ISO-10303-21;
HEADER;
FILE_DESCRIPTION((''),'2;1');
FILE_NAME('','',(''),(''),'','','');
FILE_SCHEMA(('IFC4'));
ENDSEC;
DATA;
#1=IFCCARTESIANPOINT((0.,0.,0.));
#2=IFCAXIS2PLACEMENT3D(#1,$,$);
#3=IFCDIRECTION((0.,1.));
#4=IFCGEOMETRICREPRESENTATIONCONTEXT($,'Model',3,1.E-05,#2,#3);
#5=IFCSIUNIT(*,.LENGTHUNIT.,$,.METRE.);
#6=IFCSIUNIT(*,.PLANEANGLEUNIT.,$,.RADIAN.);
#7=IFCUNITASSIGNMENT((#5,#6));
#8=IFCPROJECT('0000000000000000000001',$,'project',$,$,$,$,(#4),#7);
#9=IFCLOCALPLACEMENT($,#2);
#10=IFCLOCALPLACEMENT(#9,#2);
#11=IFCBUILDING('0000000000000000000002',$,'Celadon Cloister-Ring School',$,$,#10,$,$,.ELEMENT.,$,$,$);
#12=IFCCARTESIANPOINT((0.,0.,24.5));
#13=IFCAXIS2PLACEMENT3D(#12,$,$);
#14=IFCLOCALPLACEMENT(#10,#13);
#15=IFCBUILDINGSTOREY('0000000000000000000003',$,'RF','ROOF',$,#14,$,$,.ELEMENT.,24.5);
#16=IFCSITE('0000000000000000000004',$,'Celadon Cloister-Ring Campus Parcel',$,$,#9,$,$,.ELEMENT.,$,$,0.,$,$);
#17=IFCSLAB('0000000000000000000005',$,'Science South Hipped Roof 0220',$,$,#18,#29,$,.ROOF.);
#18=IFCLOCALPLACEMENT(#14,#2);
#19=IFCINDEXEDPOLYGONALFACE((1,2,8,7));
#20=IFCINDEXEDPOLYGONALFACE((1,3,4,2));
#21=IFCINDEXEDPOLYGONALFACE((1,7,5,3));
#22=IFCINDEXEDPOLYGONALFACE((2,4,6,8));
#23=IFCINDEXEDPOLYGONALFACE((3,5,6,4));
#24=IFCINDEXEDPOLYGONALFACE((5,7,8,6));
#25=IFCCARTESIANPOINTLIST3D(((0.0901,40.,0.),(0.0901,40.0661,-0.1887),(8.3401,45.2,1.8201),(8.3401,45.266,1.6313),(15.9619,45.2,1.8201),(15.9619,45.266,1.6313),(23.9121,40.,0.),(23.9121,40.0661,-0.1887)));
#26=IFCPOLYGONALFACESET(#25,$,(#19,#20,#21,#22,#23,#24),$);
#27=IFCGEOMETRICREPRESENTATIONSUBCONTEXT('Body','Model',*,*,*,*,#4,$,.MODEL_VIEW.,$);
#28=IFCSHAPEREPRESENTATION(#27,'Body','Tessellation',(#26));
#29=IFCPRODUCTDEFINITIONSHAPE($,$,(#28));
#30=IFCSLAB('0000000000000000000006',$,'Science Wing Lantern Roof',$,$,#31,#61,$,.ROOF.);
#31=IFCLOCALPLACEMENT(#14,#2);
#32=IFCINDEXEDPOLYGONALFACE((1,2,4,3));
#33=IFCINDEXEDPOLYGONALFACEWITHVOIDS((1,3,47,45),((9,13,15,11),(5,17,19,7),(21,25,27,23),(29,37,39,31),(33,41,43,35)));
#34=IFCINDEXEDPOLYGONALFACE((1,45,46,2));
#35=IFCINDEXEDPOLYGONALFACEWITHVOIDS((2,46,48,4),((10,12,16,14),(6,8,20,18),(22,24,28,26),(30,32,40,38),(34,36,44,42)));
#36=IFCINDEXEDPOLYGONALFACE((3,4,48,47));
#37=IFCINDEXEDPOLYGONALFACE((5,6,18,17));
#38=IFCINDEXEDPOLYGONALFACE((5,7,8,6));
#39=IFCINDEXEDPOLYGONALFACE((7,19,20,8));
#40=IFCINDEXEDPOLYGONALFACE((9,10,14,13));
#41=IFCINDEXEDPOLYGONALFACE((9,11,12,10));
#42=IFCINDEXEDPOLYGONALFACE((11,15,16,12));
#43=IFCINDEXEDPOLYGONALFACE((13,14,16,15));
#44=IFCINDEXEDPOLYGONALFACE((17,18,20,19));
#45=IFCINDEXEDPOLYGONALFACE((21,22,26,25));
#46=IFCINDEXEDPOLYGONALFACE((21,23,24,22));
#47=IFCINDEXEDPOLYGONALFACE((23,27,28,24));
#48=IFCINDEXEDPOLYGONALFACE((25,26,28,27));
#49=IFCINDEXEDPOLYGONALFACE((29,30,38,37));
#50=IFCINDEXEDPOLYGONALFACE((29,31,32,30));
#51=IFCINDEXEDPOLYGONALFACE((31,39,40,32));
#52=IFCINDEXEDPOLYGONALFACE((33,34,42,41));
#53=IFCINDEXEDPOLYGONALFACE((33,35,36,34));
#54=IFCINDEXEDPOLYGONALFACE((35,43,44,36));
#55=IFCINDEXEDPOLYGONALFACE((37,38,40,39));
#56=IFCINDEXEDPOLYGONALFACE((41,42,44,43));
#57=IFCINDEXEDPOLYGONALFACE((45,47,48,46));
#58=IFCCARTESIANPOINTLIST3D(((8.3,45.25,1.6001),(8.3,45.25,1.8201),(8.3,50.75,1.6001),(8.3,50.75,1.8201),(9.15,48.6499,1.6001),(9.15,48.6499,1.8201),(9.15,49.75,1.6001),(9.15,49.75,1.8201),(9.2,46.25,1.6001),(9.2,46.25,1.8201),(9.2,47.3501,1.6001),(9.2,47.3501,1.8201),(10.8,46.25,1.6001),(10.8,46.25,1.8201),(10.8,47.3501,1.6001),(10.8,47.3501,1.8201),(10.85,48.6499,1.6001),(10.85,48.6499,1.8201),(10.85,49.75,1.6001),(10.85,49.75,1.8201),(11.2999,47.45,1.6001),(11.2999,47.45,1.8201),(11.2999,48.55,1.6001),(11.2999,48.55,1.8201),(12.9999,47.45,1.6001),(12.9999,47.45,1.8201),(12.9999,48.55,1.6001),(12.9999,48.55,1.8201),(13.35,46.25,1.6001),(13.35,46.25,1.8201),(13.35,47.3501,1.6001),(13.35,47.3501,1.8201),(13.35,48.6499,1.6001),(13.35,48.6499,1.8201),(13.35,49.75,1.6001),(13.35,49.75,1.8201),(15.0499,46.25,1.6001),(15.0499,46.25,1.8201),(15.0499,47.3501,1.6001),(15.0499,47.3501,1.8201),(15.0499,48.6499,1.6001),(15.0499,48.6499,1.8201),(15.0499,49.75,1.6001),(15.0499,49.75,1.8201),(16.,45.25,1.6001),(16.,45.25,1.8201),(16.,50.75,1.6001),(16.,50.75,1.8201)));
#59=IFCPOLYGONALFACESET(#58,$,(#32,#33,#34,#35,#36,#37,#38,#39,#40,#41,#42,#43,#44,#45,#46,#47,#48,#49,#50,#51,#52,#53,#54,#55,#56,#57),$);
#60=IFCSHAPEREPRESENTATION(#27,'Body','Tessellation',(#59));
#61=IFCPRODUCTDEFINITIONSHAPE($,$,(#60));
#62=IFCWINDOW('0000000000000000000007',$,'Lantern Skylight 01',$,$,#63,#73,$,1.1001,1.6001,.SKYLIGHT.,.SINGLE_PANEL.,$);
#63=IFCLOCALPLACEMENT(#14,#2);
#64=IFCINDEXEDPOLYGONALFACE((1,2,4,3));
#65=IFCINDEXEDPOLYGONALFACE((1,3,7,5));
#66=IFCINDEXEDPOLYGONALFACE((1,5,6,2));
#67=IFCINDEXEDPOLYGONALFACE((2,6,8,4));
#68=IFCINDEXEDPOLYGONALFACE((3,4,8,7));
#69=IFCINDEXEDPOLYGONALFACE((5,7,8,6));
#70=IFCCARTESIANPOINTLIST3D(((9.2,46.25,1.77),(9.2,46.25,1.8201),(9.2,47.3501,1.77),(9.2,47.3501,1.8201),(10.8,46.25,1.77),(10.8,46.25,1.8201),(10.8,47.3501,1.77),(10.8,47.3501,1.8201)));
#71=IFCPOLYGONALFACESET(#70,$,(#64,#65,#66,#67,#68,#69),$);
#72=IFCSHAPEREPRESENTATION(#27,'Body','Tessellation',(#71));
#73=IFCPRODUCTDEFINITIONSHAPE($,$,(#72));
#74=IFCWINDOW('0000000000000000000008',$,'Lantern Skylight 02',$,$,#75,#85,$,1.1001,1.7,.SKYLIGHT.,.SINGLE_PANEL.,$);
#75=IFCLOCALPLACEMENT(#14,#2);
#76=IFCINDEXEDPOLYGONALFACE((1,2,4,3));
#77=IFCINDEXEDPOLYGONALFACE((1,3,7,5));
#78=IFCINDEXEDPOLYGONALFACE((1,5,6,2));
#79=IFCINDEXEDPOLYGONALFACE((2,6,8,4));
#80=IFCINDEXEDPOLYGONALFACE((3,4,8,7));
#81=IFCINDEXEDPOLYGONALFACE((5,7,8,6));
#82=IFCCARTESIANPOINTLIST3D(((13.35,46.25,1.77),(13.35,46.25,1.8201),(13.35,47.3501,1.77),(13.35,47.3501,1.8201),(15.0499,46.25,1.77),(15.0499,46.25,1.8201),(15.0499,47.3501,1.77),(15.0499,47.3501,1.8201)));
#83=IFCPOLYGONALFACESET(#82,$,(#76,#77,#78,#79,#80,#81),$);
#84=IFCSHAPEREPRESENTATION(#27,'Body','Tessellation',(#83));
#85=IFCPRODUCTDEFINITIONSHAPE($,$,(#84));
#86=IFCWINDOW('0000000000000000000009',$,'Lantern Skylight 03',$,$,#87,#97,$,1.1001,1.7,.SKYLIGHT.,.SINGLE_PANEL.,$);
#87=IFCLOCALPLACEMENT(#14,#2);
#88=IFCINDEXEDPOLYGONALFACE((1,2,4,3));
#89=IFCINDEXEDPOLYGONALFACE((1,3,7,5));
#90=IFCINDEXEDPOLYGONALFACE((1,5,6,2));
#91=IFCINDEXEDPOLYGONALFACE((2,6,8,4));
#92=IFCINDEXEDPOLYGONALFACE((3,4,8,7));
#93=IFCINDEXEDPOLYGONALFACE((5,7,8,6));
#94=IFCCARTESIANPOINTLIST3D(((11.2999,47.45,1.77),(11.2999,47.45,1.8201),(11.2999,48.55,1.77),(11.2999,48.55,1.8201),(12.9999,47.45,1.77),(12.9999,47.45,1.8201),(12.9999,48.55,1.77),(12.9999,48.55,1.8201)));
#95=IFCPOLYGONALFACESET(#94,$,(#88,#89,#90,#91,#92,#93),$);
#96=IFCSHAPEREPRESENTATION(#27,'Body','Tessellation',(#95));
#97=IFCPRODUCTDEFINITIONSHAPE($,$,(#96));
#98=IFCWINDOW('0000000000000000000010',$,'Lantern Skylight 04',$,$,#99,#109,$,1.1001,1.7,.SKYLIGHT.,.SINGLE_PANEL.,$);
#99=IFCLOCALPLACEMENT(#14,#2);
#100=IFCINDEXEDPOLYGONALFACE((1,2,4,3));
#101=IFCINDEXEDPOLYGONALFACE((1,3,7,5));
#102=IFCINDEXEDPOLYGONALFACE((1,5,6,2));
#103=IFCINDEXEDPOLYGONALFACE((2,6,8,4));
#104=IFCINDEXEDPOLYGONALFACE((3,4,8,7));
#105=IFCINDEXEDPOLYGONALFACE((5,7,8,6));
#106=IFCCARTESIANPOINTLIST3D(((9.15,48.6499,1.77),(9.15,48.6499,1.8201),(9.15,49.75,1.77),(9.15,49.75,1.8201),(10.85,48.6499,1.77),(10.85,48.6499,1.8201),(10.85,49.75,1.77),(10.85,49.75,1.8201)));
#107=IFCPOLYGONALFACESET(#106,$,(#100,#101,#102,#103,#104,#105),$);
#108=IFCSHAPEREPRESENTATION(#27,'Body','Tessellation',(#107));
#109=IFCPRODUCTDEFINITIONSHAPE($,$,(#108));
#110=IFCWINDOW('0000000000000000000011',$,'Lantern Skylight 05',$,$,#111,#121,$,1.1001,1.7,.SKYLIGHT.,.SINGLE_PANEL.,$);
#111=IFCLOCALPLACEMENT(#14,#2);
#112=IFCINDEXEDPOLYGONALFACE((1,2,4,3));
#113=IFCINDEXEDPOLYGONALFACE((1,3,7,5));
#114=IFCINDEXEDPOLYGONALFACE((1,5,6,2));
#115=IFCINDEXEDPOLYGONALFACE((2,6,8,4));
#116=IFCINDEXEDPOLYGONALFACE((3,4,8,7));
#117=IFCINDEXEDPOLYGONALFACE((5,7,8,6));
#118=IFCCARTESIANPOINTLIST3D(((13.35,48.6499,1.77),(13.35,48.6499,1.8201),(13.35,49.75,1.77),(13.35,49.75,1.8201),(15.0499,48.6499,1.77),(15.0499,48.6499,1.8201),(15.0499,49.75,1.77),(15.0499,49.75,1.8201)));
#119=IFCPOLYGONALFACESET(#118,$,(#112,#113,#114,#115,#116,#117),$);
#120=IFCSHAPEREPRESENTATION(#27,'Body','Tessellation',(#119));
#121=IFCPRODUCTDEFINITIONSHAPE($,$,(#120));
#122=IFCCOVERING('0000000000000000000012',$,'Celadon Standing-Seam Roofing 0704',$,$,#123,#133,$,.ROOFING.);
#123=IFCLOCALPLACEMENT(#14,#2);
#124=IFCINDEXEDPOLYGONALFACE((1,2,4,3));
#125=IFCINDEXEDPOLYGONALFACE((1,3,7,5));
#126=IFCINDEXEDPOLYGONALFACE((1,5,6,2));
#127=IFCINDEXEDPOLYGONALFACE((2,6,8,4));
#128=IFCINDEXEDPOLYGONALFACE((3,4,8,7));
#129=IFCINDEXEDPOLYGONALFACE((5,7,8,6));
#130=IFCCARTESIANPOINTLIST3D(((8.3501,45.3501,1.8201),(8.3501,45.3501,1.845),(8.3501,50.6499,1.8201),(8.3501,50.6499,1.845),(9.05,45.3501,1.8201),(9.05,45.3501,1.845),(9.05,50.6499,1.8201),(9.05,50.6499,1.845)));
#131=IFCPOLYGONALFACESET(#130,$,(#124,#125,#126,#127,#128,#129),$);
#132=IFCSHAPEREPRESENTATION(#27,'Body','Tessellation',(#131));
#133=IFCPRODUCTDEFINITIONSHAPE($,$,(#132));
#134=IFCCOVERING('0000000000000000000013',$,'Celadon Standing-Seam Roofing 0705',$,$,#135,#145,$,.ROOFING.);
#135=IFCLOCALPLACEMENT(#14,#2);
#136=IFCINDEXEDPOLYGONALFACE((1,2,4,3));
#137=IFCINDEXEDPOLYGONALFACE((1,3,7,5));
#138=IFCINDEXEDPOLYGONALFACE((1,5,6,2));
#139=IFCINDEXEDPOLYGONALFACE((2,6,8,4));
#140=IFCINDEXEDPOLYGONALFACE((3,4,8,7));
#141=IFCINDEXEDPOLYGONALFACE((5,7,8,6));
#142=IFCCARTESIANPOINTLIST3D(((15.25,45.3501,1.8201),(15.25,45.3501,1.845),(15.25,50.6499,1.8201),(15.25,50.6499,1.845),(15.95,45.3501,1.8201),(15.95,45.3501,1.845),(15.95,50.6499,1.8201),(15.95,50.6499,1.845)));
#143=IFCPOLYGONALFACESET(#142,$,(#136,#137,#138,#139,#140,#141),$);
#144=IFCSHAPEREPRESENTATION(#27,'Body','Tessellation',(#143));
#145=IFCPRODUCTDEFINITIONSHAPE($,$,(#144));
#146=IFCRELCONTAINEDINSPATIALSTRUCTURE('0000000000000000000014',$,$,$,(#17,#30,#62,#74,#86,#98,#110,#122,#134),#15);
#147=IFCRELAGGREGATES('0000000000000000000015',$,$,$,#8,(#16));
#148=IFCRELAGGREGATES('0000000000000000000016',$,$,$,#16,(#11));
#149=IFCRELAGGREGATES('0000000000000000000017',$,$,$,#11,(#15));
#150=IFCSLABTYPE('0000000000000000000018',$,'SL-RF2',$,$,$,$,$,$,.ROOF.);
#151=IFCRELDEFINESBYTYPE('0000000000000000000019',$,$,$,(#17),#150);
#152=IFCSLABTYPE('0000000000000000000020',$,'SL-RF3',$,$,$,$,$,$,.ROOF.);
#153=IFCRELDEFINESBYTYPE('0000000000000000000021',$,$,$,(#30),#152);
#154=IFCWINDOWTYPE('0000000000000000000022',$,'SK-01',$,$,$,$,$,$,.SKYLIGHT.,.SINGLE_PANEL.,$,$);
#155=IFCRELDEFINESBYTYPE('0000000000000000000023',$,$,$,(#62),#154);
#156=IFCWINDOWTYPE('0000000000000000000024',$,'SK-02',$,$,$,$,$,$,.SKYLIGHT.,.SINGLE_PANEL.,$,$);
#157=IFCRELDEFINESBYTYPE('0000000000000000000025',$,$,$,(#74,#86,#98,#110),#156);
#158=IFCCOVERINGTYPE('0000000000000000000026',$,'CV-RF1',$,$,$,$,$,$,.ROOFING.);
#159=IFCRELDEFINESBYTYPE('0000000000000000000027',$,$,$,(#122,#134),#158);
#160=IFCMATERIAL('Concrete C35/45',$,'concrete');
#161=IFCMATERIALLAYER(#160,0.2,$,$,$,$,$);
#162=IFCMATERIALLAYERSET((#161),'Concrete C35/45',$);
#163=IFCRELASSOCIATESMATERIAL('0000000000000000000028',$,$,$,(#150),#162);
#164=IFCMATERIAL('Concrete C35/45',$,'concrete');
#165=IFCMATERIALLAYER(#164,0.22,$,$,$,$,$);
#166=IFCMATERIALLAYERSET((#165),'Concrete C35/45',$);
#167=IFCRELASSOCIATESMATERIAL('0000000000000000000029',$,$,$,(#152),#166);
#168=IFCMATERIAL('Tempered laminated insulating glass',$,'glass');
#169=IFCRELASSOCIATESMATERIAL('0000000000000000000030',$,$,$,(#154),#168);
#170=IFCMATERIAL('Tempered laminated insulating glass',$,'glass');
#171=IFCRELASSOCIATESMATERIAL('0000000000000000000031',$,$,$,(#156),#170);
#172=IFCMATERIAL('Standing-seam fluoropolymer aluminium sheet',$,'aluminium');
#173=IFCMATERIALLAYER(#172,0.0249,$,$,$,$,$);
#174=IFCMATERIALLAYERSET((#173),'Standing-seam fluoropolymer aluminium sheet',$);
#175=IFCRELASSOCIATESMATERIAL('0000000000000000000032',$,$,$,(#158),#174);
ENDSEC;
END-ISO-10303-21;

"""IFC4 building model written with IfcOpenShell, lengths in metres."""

from ifc_helpers import new_model, si_unit, direction, frame, origin, origin_2d, place, context, subcontext, project, spatial, polyline, rectangle, outline, extrude, material, layer, layer_set, type_object, element, fill, save


model = new_model("IFC4")

# Units and contexts
model_context = context("Model", 3, precision=1e-05, world=origin(), true_north=direction((0.0, 1.0)))
body_context = subcontext(model_context, "Body", "Model", "MODEL_VIEW")
ifc_project = project(units=[si_unit("LENGTHUNIT", "METRE"), si_unit("PLANEANGLEUNIT", "RADIAN")], contexts=[model_context])

# Site, building, storey
site_placement = place(None, origin())
site = spatial("IfcSite", under=ifc_project, at=site_placement, Name="Celadon Cloister-Ring Campus Parcel", CompositionType="ELEMENT", RefElevation=0.0)
building_placement = place(site_placement, origin())
building = spatial("IfcBuilding", under=site, at=building_placement, Name="Celadon Cloister-Ring School", CompositionType="ELEMENT")
storey_placement = place(building_placement, frame((0.0, 0.0, 24.5)))
storey = spatial("IfcBuildingStorey", under=building, at=storey_placement, Name="RF", Description="ROOF", CompositionType="ELEMENT", Elevation=24.5)

# Slab
ifc_material_1 = material(Name="Concrete C35/45", Category="concrete")
ifc_layer_1 = layer(ifc_material_1, 0.2)
ifc_layer_set_1 = layer_set([ifc_layer_1], Name="Concrete C35/45")
slab_type_1 = type_object("IfcSlabType", Name="SL-RF2", PredefinedType="ROOF", material=ifc_layer_set_1)
slab_1_placement = place(storey_placement, frame((15.9619, 45.2, 1.8201), z_axis=(0.0, -0.330364, 0.943854), x_axis=(0.821936, -0.5376, -0.188169)))
element("IfcSlab", 1, at=slab_1_placement, inside=storey, type_object=slab_type_1, Name="Science South Hipped Roof 0220", PredefinedType="ROOF", context=body_context, shape_type="SweptSolid", body=[
    extrude(outline(polyline([(0.0, 0.0), (9.6725, 0.0), (-9.9076, -13.5685), (-6.2647, -4.3412), (0.0, 0.0)])), origin(), (0.0, 0.0, -1.0), 0.2),
])

# Slab, openings, windows
ifc_material_2 = material(Name="Concrete C35/45", Category="concrete")
ifc_layer_2 = layer(ifc_material_2, 0.22)
ifc_layer_set_2 = layer_set([ifc_layer_2], Name="Concrete C35/45")
slab_type_2 = type_object("IfcSlabType", Name="SL-RF3", PredefinedType="ROOF", material=ifc_layer_set_2)
slab_2_placement = place(storey_placement, frame((0.0, 0.0, 1.6001)))
slab_2 = element("IfcSlab", 2, at=slab_2_placement, inside=storey, type_object=slab_type_2, Name="Science Wing Lantern Roof", PredefinedType="ROOF", context=body_context, shape_type="SweptSolid", body=[
    extrude(outline(polyline([(8.3, 45.25), (16.0, 45.25), (16.0, 50.75), (8.3, 50.75), (8.3, 45.25)])), origin(), (0.0, 0.0, 1.0), 0.22),
])
opening_1_placement = place(slab_2_placement, frame((10.0, 46.8, 0.0)))
opening_1 = element("IfcOpeningElement", 3, at=opening_1_placement, cuts=slab_2, PredefinedType="OPENING", context=body_context, shape_type="SweptSolid", body=[
    extrude(rectangle(XDim=1.6001, YDim=1.1001, at=origin_2d()), origin(), (0.0, 0.0, 1.0), 0.22),
])
opening_2_placement = place(slab_2_placement, frame((14.2, 46.8, 0.0)))
opening_2 = element("IfcOpeningElement", 4, at=opening_2_placement, cuts=slab_2, PredefinedType="OPENING", context=body_context, shape_type="SweptSolid", body=[
    extrude(rectangle(XDim=1.7, YDim=1.1001, at=origin_2d()), origin(), (0.0, 0.0, 1.0), 0.22),
])
opening_3_placement = place(slab_2_placement, frame((12.1499, 48.0, 0.0)))
opening_3 = element("IfcOpeningElement", 5, at=opening_3_placement, cuts=slab_2, PredefinedType="OPENING", context=body_context, shape_type="SweptSolid", body=[
    extrude(rectangle(XDim=1.7, YDim=1.1001, at=origin_2d()), origin(), (0.0, 0.0, 1.0), 0.22),
])
opening_4_placement = place(slab_2_placement, frame((10.0, 49.2, 0.0)))
opening_4 = element("IfcOpeningElement", 6, at=opening_4_placement, cuts=slab_2, PredefinedType="OPENING", context=body_context, shape_type="SweptSolid", body=[
    extrude(rectangle(XDim=1.7, YDim=1.1001, at=origin_2d()), origin(), (0.0, 0.0, 1.0), 0.22),
])
opening_5_placement = place(slab_2_placement, frame((14.2, 49.2, 0.0)))
opening_5 = element("IfcOpeningElement", 7, at=opening_5_placement, cuts=slab_2, PredefinedType="OPENING", context=body_context, shape_type="SweptSolid", body=[
    extrude(rectangle(XDim=1.7, YDim=1.1001, at=origin_2d()), origin(), (0.0, 0.0, 1.0), 0.22),
])
ifc_material_3 = material(Name="Tempered laminated insulating glass", Category="glass")
window_type_1 = type_object("IfcWindowType", Name="SK-01", PartitioningType="SINGLE_PANEL", PredefinedType="SKYLIGHT", material=ifc_material_3)
window_1_placement = place(opening_1_placement, frame((0.0, 0.0, 0.1699)))
window_1 = element("IfcWindow", 8, at=window_1_placement, inside=storey, type_object=window_type_1, Name="Lantern Skylight 01", OverallHeight=1.1001, OverallWidth=1.6001, PartitioningType="SINGLE_PANEL", PredefinedType="SKYLIGHT", context=body_context, shape_type="SweptSolid", body=[
    extrude(rectangle(XDim=1.6001, YDim=1.1001, at=origin_2d()), origin(), (0.0, 0.0, 1.0), 0.05),
])
fill(opening_1, window_1)
ifc_material_4 = material(Name="Tempered laminated insulating glass", Category="glass")
window_type_2 = type_object("IfcWindowType", Name="SK-02", PartitioningType="SINGLE_PANEL", PredefinedType="SKYLIGHT", material=ifc_material_4)
window_2_placement = place(opening_2_placement, frame((0.0, 0.0, 0.1699)))
window_2 = element("IfcWindow", 9, at=window_2_placement, inside=storey, type_object=window_type_2, Name="Lantern Skylight 02", OverallHeight=1.1001, OverallWidth=1.7, PartitioningType="SINGLE_PANEL", PredefinedType="SKYLIGHT", context=body_context, shape_type="SweptSolid", body=[
    extrude(rectangle(XDim=1.7, YDim=1.1001, at=origin_2d()), origin(), (0.0, 0.0, 1.0), 0.05),
])
fill(opening_2, window_2)
window_3_placement = place(opening_3_placement, frame((0.0, 0.0, 0.1699)))
window_3 = element("IfcWindow", 10, at=window_3_placement, inside=storey, type_object=window_type_2, Name="Lantern Skylight 03", OverallHeight=1.1001, OverallWidth=1.7, PartitioningType="SINGLE_PANEL", PredefinedType="SKYLIGHT", context=body_context, shape_type="SweptSolid", body=[
    extrude(rectangle(XDim=1.7, YDim=1.1001, at=origin_2d()), origin(), (0.0, 0.0, 1.0), 0.05),
])
fill(opening_3, window_3)
window_4_placement = place(opening_4_placement, frame((0.0, 0.0, 0.1699)))
window_4 = element("IfcWindow", 11, at=window_4_placement, inside=storey, type_object=window_type_2, Name="Lantern Skylight 04", OverallHeight=1.1001, OverallWidth=1.7, PartitioningType="SINGLE_PANEL", PredefinedType="SKYLIGHT", context=body_context, shape_type="SweptSolid", body=[
    extrude(rectangle(XDim=1.7, YDim=1.1001, at=origin_2d()), origin(), (0.0, 0.0, 1.0), 0.05),
])
fill(opening_4, window_4)
window_5_placement = place(opening_5_placement, frame((0.0, 0.0, 0.1699)))
window_5 = element("IfcWindow", 12, at=window_5_placement, inside=storey, type_object=window_type_2, Name="Lantern Skylight 05", OverallHeight=1.1001, OverallWidth=1.7, PartitioningType="SINGLE_PANEL", PredefinedType="SKYLIGHT", context=body_context, shape_type="SweptSolid", body=[
    extrude(rectangle(XDim=1.7, YDim=1.1001, at=origin_2d()), origin(), (0.0, 0.0, 1.0), 0.05),
])
fill(opening_5, window_5)

# Coverings
ifc_material_5 = material(Name="Standing-seam fluoropolymer aluminium sheet", Category="aluminium")
ifc_layer_3 = layer(ifc_material_5, 0.0249)
ifc_layer_set_3 = layer_set([ifc_layer_3], Name="Standing-seam fluoropolymer aluminium sheet")
covering_type = type_object("IfcCoveringType", Name="CV-RF1", PredefinedType="ROOFING", material=ifc_layer_set_3)
covering_1_placement = place(storey_placement, frame((0.0, 0.0, 1.8201)))
element("IfcCovering", 13, at=covering_1_placement, inside=storey, type_object=covering_type, Name="Celadon Standing-Seam Roofing 0704", PredefinedType="ROOFING", context=body_context, shape_type="SweptSolid", body=[
    extrude(outline(polyline([(8.3501, 45.3501), (9.05, 45.3501), (9.05, 50.6499), (8.3501, 50.6499), (8.3501, 45.3501)])), origin(), (0.0, 0.0, 1.0), 0.0249),
])
covering_2_placement = place(storey_placement, frame((0.0, 0.0, 1.8201)))
element("IfcCovering", 14, at=covering_2_placement, inside=storey, type_object=covering_type, Name="Celadon Standing-Seam Roofing 0705", PredefinedType="ROOFING", context=body_context, shape_type="SweptSolid", body=[
    extrude(outline(polyline([(15.25, 45.3501), (15.95, 45.3501), (15.95, 50.6499), (15.25, 50.6499), (15.25, 45.3501)])), origin(), (0.0, 0.0, 1.0), 0.0249),
])

save(model, "model.ifc")
